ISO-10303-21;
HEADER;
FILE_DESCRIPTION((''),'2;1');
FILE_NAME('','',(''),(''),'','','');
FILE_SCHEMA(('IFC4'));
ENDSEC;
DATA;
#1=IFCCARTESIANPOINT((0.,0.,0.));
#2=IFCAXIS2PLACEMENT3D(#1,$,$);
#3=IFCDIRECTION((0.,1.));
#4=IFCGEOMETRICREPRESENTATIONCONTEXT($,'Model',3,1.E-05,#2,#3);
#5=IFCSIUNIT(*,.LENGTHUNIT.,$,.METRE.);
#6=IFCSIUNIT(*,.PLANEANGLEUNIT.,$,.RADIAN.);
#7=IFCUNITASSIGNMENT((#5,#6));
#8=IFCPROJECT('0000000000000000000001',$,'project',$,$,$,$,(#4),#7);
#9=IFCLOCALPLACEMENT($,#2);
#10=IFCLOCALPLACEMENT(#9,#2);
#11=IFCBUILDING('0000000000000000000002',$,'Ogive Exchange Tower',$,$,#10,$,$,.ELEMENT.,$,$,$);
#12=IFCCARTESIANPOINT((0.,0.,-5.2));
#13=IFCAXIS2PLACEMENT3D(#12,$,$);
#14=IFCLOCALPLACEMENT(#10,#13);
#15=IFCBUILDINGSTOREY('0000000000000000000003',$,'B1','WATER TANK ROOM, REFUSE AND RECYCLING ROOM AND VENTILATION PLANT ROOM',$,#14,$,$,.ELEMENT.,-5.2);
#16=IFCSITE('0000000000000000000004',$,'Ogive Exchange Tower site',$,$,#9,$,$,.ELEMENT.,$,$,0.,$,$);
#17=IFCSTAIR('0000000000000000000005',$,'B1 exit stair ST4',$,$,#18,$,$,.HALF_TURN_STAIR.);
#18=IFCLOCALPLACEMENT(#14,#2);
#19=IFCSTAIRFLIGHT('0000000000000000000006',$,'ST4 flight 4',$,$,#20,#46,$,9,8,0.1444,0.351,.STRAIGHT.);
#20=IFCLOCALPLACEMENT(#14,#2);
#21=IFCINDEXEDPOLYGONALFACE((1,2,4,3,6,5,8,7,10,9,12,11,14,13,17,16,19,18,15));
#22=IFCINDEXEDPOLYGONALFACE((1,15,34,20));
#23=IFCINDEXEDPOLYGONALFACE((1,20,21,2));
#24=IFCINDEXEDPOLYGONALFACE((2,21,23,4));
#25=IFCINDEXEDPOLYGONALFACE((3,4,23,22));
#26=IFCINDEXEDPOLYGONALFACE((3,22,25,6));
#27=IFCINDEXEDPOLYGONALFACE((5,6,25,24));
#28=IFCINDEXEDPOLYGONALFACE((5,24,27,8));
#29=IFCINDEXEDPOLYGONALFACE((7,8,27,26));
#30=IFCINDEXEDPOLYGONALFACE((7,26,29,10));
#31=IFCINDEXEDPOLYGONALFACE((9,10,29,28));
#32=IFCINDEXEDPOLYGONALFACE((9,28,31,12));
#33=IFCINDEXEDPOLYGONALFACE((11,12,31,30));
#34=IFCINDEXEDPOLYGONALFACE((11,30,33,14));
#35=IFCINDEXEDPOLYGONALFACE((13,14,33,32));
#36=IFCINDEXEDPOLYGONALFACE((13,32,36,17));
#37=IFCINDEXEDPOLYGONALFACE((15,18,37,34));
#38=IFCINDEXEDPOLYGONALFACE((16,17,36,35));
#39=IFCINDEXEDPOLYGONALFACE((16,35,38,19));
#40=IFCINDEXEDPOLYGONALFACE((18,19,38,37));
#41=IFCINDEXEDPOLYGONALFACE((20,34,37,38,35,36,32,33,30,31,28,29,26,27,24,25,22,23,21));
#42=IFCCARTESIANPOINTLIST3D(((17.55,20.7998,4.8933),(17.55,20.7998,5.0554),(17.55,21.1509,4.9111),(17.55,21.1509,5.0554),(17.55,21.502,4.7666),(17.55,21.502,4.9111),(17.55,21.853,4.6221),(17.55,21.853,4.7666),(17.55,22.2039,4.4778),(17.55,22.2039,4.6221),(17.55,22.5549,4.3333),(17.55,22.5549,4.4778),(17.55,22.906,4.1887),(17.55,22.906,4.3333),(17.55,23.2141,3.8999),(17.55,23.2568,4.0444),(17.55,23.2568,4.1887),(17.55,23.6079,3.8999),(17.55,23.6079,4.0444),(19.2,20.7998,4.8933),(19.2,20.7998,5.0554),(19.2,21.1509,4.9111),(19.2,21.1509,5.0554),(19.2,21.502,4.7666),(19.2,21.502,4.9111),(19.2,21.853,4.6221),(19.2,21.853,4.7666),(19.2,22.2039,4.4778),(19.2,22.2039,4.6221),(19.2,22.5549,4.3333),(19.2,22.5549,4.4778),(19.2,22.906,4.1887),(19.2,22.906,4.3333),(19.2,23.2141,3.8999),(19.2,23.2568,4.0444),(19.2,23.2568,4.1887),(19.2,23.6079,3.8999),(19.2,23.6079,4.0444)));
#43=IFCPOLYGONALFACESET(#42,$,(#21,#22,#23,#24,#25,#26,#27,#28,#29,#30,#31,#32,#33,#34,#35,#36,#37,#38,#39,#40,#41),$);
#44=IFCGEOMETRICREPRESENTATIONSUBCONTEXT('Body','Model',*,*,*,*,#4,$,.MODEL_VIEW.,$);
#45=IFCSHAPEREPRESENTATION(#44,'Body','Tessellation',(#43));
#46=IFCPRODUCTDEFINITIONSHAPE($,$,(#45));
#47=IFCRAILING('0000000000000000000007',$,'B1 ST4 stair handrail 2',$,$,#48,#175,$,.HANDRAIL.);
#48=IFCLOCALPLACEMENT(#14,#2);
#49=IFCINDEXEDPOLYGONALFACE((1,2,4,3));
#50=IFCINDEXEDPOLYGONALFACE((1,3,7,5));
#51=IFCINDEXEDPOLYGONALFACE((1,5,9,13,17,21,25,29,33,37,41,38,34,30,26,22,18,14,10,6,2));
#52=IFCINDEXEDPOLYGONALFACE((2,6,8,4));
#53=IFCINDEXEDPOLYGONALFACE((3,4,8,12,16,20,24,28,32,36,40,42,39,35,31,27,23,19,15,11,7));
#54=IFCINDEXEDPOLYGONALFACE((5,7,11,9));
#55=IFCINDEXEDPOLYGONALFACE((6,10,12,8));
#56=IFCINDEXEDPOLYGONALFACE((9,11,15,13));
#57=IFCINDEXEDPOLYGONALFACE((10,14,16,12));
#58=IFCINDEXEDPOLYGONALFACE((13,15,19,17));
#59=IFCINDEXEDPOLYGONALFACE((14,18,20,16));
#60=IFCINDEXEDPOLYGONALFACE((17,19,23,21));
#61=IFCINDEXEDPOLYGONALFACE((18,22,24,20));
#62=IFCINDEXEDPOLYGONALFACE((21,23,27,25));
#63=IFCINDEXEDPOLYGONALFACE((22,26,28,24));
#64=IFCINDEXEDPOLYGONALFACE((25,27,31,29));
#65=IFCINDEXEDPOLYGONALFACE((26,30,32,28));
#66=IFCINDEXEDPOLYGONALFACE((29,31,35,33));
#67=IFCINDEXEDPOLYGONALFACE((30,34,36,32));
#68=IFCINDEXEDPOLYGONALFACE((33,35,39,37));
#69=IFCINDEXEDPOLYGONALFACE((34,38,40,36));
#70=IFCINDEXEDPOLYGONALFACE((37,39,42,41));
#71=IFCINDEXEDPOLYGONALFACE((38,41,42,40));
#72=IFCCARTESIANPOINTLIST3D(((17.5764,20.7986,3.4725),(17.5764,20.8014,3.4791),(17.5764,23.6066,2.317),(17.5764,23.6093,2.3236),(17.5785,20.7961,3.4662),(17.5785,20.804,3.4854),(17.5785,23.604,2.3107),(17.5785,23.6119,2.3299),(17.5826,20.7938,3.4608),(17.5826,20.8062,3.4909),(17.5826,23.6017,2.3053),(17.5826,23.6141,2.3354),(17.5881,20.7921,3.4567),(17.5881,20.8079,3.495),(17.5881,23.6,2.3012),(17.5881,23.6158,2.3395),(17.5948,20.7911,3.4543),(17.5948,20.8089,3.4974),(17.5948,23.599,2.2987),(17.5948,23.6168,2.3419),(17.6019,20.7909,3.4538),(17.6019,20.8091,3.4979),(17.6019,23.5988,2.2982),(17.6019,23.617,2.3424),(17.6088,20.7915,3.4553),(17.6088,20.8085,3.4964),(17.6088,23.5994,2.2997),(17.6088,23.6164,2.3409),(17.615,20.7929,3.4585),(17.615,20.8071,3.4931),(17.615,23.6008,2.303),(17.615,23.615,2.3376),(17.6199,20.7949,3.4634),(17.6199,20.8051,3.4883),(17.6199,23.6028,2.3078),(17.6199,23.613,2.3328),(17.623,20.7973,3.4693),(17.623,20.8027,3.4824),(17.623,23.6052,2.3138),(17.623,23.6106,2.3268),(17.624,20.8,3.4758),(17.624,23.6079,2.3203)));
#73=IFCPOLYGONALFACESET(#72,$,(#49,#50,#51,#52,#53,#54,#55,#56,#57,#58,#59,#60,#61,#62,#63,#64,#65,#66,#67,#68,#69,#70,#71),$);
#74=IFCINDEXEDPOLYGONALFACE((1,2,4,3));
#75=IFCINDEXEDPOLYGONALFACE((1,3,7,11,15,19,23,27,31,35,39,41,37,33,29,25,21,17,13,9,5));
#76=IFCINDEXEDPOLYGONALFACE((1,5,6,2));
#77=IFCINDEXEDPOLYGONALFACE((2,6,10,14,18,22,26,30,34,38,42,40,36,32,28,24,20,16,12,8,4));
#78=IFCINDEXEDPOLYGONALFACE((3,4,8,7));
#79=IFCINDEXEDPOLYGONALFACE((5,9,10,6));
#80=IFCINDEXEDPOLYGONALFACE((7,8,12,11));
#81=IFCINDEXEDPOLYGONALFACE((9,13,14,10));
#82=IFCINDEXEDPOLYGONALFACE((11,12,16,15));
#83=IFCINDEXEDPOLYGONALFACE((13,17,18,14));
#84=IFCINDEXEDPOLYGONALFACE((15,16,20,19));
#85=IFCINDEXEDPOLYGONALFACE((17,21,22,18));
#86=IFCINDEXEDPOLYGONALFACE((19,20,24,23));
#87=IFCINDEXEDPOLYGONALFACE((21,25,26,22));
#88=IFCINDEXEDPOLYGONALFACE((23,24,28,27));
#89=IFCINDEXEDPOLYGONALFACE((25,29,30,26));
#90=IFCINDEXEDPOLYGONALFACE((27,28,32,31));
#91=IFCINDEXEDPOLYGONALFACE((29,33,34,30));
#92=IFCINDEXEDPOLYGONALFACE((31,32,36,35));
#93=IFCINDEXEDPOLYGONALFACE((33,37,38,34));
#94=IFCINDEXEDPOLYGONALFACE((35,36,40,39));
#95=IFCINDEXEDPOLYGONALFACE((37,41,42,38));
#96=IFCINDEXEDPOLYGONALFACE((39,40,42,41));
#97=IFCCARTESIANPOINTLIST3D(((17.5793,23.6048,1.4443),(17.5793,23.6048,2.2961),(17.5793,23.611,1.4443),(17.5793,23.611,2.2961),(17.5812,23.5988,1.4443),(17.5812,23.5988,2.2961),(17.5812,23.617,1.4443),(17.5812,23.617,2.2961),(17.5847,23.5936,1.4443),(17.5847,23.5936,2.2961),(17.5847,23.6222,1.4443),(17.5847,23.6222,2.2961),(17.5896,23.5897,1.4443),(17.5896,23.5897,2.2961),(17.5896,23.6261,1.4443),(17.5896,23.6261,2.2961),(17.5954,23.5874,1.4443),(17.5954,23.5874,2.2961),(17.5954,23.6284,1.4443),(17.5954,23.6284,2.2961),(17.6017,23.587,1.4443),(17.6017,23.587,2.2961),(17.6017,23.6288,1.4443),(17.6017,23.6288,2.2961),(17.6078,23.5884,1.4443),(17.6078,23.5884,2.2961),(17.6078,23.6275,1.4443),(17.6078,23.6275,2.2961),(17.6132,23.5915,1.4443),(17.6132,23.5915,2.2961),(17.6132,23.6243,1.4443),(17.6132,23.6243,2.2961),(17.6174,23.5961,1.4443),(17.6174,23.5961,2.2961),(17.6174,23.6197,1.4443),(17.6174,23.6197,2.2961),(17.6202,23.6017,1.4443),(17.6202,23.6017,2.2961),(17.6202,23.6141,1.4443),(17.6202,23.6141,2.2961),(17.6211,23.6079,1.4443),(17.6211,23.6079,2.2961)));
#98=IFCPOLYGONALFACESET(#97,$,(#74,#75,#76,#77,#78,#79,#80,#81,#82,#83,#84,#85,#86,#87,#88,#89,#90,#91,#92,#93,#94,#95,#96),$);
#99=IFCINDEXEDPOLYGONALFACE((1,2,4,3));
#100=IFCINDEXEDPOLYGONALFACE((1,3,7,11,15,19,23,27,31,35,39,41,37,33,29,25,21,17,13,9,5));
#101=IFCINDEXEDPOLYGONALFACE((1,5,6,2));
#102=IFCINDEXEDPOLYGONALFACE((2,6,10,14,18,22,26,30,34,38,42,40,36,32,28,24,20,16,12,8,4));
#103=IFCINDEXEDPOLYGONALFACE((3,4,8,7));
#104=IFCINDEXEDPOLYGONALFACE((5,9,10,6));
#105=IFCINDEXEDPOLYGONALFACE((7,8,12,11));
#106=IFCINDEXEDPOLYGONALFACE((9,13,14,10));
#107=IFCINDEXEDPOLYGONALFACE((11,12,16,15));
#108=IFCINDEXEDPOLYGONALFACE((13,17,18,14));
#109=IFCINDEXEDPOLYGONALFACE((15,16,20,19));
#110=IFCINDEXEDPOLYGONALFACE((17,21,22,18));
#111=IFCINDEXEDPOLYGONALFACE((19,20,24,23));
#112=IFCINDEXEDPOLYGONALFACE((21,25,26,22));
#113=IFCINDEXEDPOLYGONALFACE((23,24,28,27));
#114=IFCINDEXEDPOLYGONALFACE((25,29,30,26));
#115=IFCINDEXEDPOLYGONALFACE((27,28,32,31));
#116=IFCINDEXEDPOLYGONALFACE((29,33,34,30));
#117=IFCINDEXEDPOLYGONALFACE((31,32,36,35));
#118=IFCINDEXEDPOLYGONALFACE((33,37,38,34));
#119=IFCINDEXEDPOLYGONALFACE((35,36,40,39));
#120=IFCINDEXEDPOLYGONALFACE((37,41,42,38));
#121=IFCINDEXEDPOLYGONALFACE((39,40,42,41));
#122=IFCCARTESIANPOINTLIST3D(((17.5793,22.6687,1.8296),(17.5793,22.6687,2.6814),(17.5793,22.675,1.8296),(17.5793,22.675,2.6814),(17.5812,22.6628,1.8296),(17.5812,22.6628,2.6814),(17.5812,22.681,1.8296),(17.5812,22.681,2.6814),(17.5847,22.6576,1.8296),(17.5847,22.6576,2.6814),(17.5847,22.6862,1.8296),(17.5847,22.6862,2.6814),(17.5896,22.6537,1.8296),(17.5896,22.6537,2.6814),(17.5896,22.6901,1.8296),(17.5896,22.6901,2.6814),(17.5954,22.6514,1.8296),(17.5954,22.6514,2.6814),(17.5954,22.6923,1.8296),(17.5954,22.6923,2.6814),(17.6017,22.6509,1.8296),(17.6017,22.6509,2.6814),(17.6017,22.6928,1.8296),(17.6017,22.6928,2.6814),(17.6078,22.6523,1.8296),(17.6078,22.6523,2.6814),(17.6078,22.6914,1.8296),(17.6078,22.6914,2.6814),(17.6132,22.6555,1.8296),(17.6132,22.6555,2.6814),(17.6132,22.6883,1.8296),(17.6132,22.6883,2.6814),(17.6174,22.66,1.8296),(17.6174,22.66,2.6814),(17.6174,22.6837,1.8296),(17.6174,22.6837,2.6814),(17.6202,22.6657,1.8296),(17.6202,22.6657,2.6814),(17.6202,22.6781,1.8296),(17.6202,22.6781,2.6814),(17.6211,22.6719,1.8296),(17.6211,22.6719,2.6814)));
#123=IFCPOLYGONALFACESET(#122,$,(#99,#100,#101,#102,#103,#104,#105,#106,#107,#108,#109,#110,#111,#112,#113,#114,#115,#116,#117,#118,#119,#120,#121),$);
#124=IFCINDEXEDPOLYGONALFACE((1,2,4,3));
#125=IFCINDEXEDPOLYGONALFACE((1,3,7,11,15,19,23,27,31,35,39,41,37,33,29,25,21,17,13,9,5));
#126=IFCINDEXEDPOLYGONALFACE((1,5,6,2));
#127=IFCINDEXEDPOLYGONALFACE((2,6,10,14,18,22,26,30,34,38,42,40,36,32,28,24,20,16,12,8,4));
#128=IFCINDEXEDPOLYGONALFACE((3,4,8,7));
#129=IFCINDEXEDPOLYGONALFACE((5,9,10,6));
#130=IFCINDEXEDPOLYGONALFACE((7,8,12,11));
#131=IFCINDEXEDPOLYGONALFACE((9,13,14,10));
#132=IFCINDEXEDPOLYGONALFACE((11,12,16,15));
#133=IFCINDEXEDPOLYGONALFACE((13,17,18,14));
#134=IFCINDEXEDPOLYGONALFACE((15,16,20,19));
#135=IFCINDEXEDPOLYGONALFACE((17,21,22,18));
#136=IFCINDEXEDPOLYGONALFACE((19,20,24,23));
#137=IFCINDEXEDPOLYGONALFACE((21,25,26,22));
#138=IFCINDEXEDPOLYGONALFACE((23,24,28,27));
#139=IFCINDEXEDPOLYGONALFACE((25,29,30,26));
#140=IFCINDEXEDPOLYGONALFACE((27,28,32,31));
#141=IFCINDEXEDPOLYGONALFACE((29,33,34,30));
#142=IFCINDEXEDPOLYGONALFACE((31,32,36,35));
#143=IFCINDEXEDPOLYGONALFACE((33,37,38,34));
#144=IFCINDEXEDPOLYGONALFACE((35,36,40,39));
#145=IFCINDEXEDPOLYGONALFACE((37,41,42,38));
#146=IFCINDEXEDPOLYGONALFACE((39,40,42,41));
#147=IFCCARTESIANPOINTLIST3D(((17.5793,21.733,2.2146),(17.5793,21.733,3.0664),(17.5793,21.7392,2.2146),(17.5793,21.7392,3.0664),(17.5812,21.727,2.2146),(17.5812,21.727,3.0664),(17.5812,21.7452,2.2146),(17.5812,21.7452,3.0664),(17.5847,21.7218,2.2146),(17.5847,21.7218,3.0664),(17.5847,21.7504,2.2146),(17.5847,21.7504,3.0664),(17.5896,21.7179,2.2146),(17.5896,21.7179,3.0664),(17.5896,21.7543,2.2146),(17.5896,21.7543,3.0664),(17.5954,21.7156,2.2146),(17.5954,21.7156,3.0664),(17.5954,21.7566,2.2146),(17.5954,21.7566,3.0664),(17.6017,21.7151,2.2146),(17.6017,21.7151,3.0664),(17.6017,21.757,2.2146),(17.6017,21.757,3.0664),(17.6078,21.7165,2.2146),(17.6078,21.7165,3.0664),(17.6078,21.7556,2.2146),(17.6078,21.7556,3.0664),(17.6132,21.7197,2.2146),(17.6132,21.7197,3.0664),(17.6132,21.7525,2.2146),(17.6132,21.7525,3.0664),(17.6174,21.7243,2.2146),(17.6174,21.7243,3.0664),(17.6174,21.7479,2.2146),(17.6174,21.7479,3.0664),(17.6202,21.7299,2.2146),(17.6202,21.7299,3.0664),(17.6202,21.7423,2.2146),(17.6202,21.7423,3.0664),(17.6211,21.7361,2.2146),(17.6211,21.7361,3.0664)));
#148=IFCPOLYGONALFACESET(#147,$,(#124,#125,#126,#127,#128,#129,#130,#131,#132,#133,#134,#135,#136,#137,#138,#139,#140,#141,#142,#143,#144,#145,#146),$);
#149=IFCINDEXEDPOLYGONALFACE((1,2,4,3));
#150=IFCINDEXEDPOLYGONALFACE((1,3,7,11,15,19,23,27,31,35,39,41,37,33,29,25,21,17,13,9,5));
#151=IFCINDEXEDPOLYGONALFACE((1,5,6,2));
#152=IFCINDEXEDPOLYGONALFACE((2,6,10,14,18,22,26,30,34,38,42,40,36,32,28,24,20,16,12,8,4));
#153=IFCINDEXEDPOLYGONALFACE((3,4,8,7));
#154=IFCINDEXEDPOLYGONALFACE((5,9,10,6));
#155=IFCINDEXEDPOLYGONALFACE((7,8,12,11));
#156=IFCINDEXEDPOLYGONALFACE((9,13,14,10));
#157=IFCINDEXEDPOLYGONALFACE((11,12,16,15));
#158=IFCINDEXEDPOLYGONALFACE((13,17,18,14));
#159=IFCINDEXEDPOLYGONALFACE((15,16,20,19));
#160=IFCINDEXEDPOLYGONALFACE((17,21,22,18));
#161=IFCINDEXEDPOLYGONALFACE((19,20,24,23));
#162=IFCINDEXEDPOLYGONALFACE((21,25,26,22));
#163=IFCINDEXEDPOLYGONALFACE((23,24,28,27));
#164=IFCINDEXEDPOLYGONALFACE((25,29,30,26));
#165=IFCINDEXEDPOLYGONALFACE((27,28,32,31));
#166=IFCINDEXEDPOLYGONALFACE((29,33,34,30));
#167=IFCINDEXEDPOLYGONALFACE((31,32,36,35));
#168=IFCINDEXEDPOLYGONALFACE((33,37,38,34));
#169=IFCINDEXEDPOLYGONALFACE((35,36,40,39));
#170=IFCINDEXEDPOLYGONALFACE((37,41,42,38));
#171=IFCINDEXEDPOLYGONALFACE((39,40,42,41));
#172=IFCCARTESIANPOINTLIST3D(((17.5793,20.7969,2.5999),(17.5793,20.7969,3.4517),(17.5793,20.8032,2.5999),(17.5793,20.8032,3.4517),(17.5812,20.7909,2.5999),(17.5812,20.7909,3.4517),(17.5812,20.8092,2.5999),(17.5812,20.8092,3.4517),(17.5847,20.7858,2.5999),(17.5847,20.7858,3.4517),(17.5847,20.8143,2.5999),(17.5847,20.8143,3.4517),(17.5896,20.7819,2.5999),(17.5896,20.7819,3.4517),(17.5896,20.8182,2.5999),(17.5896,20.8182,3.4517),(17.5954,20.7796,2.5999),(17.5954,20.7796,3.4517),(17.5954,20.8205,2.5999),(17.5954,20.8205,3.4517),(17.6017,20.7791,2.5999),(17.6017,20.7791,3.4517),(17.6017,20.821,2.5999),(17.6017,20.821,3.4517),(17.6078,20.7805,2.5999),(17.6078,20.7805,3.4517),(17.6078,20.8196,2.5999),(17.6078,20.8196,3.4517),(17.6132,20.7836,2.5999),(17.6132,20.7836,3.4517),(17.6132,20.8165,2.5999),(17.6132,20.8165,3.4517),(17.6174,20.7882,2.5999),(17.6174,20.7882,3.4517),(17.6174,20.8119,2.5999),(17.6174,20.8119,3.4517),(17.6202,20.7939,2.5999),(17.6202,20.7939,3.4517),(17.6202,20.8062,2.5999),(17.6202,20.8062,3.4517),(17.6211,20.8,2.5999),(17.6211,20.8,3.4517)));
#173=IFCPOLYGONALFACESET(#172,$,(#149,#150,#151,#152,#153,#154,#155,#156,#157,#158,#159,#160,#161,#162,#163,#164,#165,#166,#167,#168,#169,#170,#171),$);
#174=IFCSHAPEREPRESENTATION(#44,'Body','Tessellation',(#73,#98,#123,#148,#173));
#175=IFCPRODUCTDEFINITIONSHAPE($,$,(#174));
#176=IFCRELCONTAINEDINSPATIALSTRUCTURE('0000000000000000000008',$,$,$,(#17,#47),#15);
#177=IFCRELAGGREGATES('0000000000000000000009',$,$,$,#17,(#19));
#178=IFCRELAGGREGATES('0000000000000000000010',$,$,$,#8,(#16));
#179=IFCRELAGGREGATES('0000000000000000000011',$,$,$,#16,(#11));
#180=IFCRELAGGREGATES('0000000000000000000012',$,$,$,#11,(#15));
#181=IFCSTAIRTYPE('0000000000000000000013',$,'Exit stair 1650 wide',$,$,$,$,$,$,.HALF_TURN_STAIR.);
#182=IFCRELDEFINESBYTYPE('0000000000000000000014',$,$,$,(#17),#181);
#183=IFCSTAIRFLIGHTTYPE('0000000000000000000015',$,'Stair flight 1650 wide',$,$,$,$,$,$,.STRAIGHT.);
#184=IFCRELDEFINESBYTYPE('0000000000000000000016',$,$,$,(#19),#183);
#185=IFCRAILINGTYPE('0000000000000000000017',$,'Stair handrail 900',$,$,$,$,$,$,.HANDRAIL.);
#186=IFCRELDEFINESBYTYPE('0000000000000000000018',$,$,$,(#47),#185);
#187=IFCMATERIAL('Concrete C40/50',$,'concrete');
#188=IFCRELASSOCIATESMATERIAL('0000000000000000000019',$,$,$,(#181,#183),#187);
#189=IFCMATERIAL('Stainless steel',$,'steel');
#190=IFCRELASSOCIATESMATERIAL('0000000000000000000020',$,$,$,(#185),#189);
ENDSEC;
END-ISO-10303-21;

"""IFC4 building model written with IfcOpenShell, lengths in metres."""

from ifc_helpers import new_model, si_unit, direction, frame, origin, origin_2d, place, context, subcontext, project, spatial, polyline, circle, outline, extrude, material, type_object, element, aggregate, save


model = new_model("IFC4")

# Units and contexts
model_context = context("Model", 3, precision=1e-05, world=origin(), true_north=direction((0.0, 1.0)))
body_context = subcontext(model_context, "Body", "Model", "MODEL_VIEW")
ifc_project = project(units=[si_unit("LENGTHUNIT", "METRE"), si_unit("PLANEANGLEUNIT", "RADIAN")], contexts=[model_context])

# Site, building, storey
site_placement = place(None, origin())
site = spatial("IfcSite", under=ifc_project, at=site_placement, Name="Ogive Exchange Tower site", CompositionType="ELEMENT", RefElevation=0.0)
building_placement = place(site_placement, origin())
building = spatial("IfcBuilding", under=site, at=building_placement, Name="Ogive Exchange Tower", CompositionType="ELEMENT")
storey_placement = place(building_placement, frame((0.0, 0.0, -5.2)))
storey = spatial("IfcBuildingStorey", under=building, at=storey_placement, Name="B1", Description="WATER TANK ROOM, REFUSE AND RECYCLING ROOM AND VENTILATION PLANT ROOM", CompositionType="ELEMENT", Elevation=-5.2)

# Stair, stair flight
ifc_material_1 = material(Name="Concrete C40/50", Category="concrete")
stair_type = type_object("IfcStairType", Name="Exit stair 1650 wide", PredefinedType="HALF_TURN_STAIR", material=ifc_material_1)
stair_placement = place(storey_placement, origin())
stair = element("IfcStair", 1, at=stair_placement, inside=storey, type_object=stair_type, Name="B1 exit stair ST4", PredefinedType="HALF_TURN_STAIR")
stair_flight_type = type_object("IfcStairFlightType", Name="Stair flight 1650 wide", PredefinedType="STRAIGHT", material=ifc_material_1)
stair_flight_1_placement = place(storey_placement, frame((18.375, 23.6079, 3.8999), z_axis=(0.0, 0.0, 1.0), x_axis=(0.0, -1.0, 0.0)))
stair_flight_1 = element("IfcStairFlight", 2, at=stair_flight_1_placement, type_object=stair_flight_type, Name="ST4 flight 4", NumberOfRisers=9, NumberOfTreads=8, PredefinedType="STRAIGHT", RiserHeight=0.1444, TreadLength=0.351, context=body_context, shape_type="SweptSolid", body=[
    extrude(outline(polyline([(0.0, 0.0), (0.0, 0.1445), (0.3511, 0.1445), (0.3511, 0.2888), (0.7019, 0.2888), (0.7019, 0.4333), (1.053, 0.4333), (1.053, 0.5779), (1.4041, 0.5779), (1.4041, 0.7222), (1.7549, 0.7222), (1.7549, 0.8667), (2.106, 0.8667), (2.106, 1.0112), (2.457, 1.0112), (2.457, 1.1555), (2.8081, 1.1555), (2.8081, 1.3), (2.8081, 0.9934), (0.3938, 0.0), (0.0, 0.0)])), frame((0.0, 0.825, 0.0), z_axis=(0.0, -1.0, 0.0), x_axis=(1.0, 0.0, 0.0)), (0.0, 0.0, 1.0), 1.6499),
])
aggregate(stair, [stair_flight_1])

# Railing
ifc_material_2 = material(Name="Stainless steel", Category="steel")
railing_type = type_object("IfcRailingType", Name="Stair handrail 900", PredefinedType="HANDRAIL", material=ifc_material_2)
for number, where, name in (
    (3, (17.6001, 23.6079, 1.4443), "B1 ST4 stair handrail 2"),
):
    element("IfcRailing", number, at=place(storey_placement, frame(where)), inside=storey, type_object=railing_type, Name=name, PredefinedType="HANDRAIL", context=body_context, shape_type="SweptSolid", body=[
        extrude(circle(Radius=0.0239, at=origin_2d()), frame((0.0, 0.0, 0.876), z_axis=(0.0, -0.924755, 0.380564), x_axis=(1.0, 0.0, 0.0)), (0.0, 0.0, 1.0), 3.0364),
        extrude(circle(Radius=0.021, at=origin_2d()), origin(), (0.0, 0.0, 1.0), 0.8518),
        extrude(circle(Radius=0.021, at=origin_2d()), frame((0.0, -0.936, 0.3853)), (0.0, 0.0, 1.0), 0.8518),
        extrude(circle(Radius=0.021, at=origin_2d()), frame((0.0, -1.8718, 0.7703)), (0.0, 0.0, 1.0), 0.8518),
        extrude(circle(Radius=0.021, at=origin_2d()), frame((0.0, -2.8079, 1.1555)), (0.0, 0.0, 1.0), 0.8518),
    ])

save(model, "model.ifc")
